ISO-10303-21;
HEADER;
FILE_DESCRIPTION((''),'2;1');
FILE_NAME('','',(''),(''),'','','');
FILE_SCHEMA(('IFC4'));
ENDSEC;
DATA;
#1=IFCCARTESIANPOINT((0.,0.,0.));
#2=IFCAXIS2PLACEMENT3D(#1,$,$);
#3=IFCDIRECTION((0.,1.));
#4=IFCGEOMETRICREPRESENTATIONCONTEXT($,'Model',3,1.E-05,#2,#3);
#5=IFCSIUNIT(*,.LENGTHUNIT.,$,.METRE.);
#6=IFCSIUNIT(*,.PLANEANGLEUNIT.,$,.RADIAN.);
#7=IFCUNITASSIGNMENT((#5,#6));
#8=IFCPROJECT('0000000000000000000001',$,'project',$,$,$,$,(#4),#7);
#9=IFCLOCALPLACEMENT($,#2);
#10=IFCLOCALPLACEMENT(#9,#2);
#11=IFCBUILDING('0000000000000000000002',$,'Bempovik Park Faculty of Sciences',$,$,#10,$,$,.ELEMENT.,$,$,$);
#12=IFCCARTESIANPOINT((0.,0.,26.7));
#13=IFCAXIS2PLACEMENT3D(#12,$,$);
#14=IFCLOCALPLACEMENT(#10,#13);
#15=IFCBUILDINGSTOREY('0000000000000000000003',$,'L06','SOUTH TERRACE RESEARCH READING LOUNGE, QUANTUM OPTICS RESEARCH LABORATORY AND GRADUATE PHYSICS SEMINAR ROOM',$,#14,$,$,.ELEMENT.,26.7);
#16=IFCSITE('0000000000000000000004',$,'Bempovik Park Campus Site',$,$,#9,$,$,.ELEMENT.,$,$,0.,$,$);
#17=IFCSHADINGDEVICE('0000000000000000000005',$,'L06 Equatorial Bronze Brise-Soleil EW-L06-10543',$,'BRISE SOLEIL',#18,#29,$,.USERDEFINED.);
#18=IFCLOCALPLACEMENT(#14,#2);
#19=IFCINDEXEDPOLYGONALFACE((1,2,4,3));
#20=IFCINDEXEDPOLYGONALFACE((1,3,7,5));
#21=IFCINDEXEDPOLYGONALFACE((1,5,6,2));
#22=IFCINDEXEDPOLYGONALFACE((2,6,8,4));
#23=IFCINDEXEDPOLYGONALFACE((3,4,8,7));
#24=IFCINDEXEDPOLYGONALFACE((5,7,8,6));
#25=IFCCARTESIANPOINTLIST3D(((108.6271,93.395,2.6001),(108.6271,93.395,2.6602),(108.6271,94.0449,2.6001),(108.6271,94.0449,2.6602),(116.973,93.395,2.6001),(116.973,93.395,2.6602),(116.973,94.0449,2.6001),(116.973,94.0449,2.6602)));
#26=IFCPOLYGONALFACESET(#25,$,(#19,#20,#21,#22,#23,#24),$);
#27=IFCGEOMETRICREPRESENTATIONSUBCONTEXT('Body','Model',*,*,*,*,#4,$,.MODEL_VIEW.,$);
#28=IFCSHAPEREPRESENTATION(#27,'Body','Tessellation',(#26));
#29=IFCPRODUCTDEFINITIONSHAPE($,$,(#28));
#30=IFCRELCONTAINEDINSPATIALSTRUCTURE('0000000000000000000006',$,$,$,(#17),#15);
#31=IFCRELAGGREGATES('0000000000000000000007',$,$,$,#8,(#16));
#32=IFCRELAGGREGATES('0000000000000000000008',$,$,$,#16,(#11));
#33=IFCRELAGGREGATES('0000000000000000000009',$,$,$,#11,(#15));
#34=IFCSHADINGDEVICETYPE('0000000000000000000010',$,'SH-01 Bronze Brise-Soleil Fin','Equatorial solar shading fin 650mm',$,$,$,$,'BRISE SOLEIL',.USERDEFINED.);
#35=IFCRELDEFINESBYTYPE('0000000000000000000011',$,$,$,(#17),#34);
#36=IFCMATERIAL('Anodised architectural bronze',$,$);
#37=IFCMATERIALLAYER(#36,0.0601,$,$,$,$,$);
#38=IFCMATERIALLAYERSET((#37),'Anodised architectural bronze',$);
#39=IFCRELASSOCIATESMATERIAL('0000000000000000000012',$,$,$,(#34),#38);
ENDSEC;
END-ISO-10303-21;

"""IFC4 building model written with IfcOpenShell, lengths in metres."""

from ifc_helpers import new_model, si_unit, direction, frame, origin, origin_2d, place, context, subcontext, project, spatial, rectangle, extrude, material, layer, layer_set, type_object, element, save


model = new_model("IFC4")

# Units and contexts
model_context = context("Model", 3, precision=1e-05, world=origin(), true_north=direction((0.0, 1.0)))
body_context = subcontext(model_context, "Body", "Model", "MODEL_VIEW")
ifc_project = project(units=[si_unit("LENGTHUNIT", "METRE"), si_unit("PLANEANGLEUNIT", "RADIAN")], contexts=[model_context])

# Site, building, storey
site_placement = place(None, origin())
site = spatial("IfcSite", under=ifc_project, at=site_placement, Name="Bempovik Park Campus Site", CompositionType="ELEMENT", RefElevation=0.0)
building_placement = place(site_placement, origin())
building = spatial("IfcBuilding", under=site, at=building_placement, Name="Bempovik Park Faculty of Sciences", CompositionType="ELEMENT")
storey_placement = place(building_placement, frame((0.0, 0.0, 26.7)))
storey = spatial("IfcBuildingStorey", under=building, at=storey_placement, Name="L06", Description="SOUTH TERRACE RESEARCH READING LOUNGE, QUANTUM OPTICS RESEARCH LABORATORY AND GRADUATE PHYSICS SEMINAR ROOM", CompositionType="ELEMENT", Elevation=26.7)

# Shading device
ifc_material_1 = material(Name="Anodised architectural bronze")
ifc_layer_1 = layer(ifc_material_1, 0.0601)
ifc_layer_set_1 = layer_set([ifc_layer_1], Name="Anodised architectural bronze")
shading_device_type = type_object("IfcShadingDeviceType", Name="SH-01 Bronze Brise-Soleil Fin", Description="Equatorial solar shading fin 650mm", ElementType="BRISE SOLEIL", PredefinedType="USERDEFINED", material=ifc_layer_set_1)
shading_device_placement = place(storey_placement, frame((112.8, 93.72, 2.6001), z_axis=(0.0, 0.0, 1.0), x_axis=(1.0, 0.0, 0.0)))
element("IfcShadingDevice", 1, at=shading_device_placement, inside=storey, type_object=shading_device_type, Name="L06 Equatorial Bronze Brise-Soleil EW-L06-10543", ObjectType="BRISE SOLEIL", PredefinedType="USERDEFINED", context=body_context, shape_type="SweptSolid", body=[
    extrude(rectangle(XDim=8.3459, YDim=0.6499, at=origin_2d()), origin(), (0.0, 0.0, 1.0), 0.0601),
])

save(model, "model.ifc")
